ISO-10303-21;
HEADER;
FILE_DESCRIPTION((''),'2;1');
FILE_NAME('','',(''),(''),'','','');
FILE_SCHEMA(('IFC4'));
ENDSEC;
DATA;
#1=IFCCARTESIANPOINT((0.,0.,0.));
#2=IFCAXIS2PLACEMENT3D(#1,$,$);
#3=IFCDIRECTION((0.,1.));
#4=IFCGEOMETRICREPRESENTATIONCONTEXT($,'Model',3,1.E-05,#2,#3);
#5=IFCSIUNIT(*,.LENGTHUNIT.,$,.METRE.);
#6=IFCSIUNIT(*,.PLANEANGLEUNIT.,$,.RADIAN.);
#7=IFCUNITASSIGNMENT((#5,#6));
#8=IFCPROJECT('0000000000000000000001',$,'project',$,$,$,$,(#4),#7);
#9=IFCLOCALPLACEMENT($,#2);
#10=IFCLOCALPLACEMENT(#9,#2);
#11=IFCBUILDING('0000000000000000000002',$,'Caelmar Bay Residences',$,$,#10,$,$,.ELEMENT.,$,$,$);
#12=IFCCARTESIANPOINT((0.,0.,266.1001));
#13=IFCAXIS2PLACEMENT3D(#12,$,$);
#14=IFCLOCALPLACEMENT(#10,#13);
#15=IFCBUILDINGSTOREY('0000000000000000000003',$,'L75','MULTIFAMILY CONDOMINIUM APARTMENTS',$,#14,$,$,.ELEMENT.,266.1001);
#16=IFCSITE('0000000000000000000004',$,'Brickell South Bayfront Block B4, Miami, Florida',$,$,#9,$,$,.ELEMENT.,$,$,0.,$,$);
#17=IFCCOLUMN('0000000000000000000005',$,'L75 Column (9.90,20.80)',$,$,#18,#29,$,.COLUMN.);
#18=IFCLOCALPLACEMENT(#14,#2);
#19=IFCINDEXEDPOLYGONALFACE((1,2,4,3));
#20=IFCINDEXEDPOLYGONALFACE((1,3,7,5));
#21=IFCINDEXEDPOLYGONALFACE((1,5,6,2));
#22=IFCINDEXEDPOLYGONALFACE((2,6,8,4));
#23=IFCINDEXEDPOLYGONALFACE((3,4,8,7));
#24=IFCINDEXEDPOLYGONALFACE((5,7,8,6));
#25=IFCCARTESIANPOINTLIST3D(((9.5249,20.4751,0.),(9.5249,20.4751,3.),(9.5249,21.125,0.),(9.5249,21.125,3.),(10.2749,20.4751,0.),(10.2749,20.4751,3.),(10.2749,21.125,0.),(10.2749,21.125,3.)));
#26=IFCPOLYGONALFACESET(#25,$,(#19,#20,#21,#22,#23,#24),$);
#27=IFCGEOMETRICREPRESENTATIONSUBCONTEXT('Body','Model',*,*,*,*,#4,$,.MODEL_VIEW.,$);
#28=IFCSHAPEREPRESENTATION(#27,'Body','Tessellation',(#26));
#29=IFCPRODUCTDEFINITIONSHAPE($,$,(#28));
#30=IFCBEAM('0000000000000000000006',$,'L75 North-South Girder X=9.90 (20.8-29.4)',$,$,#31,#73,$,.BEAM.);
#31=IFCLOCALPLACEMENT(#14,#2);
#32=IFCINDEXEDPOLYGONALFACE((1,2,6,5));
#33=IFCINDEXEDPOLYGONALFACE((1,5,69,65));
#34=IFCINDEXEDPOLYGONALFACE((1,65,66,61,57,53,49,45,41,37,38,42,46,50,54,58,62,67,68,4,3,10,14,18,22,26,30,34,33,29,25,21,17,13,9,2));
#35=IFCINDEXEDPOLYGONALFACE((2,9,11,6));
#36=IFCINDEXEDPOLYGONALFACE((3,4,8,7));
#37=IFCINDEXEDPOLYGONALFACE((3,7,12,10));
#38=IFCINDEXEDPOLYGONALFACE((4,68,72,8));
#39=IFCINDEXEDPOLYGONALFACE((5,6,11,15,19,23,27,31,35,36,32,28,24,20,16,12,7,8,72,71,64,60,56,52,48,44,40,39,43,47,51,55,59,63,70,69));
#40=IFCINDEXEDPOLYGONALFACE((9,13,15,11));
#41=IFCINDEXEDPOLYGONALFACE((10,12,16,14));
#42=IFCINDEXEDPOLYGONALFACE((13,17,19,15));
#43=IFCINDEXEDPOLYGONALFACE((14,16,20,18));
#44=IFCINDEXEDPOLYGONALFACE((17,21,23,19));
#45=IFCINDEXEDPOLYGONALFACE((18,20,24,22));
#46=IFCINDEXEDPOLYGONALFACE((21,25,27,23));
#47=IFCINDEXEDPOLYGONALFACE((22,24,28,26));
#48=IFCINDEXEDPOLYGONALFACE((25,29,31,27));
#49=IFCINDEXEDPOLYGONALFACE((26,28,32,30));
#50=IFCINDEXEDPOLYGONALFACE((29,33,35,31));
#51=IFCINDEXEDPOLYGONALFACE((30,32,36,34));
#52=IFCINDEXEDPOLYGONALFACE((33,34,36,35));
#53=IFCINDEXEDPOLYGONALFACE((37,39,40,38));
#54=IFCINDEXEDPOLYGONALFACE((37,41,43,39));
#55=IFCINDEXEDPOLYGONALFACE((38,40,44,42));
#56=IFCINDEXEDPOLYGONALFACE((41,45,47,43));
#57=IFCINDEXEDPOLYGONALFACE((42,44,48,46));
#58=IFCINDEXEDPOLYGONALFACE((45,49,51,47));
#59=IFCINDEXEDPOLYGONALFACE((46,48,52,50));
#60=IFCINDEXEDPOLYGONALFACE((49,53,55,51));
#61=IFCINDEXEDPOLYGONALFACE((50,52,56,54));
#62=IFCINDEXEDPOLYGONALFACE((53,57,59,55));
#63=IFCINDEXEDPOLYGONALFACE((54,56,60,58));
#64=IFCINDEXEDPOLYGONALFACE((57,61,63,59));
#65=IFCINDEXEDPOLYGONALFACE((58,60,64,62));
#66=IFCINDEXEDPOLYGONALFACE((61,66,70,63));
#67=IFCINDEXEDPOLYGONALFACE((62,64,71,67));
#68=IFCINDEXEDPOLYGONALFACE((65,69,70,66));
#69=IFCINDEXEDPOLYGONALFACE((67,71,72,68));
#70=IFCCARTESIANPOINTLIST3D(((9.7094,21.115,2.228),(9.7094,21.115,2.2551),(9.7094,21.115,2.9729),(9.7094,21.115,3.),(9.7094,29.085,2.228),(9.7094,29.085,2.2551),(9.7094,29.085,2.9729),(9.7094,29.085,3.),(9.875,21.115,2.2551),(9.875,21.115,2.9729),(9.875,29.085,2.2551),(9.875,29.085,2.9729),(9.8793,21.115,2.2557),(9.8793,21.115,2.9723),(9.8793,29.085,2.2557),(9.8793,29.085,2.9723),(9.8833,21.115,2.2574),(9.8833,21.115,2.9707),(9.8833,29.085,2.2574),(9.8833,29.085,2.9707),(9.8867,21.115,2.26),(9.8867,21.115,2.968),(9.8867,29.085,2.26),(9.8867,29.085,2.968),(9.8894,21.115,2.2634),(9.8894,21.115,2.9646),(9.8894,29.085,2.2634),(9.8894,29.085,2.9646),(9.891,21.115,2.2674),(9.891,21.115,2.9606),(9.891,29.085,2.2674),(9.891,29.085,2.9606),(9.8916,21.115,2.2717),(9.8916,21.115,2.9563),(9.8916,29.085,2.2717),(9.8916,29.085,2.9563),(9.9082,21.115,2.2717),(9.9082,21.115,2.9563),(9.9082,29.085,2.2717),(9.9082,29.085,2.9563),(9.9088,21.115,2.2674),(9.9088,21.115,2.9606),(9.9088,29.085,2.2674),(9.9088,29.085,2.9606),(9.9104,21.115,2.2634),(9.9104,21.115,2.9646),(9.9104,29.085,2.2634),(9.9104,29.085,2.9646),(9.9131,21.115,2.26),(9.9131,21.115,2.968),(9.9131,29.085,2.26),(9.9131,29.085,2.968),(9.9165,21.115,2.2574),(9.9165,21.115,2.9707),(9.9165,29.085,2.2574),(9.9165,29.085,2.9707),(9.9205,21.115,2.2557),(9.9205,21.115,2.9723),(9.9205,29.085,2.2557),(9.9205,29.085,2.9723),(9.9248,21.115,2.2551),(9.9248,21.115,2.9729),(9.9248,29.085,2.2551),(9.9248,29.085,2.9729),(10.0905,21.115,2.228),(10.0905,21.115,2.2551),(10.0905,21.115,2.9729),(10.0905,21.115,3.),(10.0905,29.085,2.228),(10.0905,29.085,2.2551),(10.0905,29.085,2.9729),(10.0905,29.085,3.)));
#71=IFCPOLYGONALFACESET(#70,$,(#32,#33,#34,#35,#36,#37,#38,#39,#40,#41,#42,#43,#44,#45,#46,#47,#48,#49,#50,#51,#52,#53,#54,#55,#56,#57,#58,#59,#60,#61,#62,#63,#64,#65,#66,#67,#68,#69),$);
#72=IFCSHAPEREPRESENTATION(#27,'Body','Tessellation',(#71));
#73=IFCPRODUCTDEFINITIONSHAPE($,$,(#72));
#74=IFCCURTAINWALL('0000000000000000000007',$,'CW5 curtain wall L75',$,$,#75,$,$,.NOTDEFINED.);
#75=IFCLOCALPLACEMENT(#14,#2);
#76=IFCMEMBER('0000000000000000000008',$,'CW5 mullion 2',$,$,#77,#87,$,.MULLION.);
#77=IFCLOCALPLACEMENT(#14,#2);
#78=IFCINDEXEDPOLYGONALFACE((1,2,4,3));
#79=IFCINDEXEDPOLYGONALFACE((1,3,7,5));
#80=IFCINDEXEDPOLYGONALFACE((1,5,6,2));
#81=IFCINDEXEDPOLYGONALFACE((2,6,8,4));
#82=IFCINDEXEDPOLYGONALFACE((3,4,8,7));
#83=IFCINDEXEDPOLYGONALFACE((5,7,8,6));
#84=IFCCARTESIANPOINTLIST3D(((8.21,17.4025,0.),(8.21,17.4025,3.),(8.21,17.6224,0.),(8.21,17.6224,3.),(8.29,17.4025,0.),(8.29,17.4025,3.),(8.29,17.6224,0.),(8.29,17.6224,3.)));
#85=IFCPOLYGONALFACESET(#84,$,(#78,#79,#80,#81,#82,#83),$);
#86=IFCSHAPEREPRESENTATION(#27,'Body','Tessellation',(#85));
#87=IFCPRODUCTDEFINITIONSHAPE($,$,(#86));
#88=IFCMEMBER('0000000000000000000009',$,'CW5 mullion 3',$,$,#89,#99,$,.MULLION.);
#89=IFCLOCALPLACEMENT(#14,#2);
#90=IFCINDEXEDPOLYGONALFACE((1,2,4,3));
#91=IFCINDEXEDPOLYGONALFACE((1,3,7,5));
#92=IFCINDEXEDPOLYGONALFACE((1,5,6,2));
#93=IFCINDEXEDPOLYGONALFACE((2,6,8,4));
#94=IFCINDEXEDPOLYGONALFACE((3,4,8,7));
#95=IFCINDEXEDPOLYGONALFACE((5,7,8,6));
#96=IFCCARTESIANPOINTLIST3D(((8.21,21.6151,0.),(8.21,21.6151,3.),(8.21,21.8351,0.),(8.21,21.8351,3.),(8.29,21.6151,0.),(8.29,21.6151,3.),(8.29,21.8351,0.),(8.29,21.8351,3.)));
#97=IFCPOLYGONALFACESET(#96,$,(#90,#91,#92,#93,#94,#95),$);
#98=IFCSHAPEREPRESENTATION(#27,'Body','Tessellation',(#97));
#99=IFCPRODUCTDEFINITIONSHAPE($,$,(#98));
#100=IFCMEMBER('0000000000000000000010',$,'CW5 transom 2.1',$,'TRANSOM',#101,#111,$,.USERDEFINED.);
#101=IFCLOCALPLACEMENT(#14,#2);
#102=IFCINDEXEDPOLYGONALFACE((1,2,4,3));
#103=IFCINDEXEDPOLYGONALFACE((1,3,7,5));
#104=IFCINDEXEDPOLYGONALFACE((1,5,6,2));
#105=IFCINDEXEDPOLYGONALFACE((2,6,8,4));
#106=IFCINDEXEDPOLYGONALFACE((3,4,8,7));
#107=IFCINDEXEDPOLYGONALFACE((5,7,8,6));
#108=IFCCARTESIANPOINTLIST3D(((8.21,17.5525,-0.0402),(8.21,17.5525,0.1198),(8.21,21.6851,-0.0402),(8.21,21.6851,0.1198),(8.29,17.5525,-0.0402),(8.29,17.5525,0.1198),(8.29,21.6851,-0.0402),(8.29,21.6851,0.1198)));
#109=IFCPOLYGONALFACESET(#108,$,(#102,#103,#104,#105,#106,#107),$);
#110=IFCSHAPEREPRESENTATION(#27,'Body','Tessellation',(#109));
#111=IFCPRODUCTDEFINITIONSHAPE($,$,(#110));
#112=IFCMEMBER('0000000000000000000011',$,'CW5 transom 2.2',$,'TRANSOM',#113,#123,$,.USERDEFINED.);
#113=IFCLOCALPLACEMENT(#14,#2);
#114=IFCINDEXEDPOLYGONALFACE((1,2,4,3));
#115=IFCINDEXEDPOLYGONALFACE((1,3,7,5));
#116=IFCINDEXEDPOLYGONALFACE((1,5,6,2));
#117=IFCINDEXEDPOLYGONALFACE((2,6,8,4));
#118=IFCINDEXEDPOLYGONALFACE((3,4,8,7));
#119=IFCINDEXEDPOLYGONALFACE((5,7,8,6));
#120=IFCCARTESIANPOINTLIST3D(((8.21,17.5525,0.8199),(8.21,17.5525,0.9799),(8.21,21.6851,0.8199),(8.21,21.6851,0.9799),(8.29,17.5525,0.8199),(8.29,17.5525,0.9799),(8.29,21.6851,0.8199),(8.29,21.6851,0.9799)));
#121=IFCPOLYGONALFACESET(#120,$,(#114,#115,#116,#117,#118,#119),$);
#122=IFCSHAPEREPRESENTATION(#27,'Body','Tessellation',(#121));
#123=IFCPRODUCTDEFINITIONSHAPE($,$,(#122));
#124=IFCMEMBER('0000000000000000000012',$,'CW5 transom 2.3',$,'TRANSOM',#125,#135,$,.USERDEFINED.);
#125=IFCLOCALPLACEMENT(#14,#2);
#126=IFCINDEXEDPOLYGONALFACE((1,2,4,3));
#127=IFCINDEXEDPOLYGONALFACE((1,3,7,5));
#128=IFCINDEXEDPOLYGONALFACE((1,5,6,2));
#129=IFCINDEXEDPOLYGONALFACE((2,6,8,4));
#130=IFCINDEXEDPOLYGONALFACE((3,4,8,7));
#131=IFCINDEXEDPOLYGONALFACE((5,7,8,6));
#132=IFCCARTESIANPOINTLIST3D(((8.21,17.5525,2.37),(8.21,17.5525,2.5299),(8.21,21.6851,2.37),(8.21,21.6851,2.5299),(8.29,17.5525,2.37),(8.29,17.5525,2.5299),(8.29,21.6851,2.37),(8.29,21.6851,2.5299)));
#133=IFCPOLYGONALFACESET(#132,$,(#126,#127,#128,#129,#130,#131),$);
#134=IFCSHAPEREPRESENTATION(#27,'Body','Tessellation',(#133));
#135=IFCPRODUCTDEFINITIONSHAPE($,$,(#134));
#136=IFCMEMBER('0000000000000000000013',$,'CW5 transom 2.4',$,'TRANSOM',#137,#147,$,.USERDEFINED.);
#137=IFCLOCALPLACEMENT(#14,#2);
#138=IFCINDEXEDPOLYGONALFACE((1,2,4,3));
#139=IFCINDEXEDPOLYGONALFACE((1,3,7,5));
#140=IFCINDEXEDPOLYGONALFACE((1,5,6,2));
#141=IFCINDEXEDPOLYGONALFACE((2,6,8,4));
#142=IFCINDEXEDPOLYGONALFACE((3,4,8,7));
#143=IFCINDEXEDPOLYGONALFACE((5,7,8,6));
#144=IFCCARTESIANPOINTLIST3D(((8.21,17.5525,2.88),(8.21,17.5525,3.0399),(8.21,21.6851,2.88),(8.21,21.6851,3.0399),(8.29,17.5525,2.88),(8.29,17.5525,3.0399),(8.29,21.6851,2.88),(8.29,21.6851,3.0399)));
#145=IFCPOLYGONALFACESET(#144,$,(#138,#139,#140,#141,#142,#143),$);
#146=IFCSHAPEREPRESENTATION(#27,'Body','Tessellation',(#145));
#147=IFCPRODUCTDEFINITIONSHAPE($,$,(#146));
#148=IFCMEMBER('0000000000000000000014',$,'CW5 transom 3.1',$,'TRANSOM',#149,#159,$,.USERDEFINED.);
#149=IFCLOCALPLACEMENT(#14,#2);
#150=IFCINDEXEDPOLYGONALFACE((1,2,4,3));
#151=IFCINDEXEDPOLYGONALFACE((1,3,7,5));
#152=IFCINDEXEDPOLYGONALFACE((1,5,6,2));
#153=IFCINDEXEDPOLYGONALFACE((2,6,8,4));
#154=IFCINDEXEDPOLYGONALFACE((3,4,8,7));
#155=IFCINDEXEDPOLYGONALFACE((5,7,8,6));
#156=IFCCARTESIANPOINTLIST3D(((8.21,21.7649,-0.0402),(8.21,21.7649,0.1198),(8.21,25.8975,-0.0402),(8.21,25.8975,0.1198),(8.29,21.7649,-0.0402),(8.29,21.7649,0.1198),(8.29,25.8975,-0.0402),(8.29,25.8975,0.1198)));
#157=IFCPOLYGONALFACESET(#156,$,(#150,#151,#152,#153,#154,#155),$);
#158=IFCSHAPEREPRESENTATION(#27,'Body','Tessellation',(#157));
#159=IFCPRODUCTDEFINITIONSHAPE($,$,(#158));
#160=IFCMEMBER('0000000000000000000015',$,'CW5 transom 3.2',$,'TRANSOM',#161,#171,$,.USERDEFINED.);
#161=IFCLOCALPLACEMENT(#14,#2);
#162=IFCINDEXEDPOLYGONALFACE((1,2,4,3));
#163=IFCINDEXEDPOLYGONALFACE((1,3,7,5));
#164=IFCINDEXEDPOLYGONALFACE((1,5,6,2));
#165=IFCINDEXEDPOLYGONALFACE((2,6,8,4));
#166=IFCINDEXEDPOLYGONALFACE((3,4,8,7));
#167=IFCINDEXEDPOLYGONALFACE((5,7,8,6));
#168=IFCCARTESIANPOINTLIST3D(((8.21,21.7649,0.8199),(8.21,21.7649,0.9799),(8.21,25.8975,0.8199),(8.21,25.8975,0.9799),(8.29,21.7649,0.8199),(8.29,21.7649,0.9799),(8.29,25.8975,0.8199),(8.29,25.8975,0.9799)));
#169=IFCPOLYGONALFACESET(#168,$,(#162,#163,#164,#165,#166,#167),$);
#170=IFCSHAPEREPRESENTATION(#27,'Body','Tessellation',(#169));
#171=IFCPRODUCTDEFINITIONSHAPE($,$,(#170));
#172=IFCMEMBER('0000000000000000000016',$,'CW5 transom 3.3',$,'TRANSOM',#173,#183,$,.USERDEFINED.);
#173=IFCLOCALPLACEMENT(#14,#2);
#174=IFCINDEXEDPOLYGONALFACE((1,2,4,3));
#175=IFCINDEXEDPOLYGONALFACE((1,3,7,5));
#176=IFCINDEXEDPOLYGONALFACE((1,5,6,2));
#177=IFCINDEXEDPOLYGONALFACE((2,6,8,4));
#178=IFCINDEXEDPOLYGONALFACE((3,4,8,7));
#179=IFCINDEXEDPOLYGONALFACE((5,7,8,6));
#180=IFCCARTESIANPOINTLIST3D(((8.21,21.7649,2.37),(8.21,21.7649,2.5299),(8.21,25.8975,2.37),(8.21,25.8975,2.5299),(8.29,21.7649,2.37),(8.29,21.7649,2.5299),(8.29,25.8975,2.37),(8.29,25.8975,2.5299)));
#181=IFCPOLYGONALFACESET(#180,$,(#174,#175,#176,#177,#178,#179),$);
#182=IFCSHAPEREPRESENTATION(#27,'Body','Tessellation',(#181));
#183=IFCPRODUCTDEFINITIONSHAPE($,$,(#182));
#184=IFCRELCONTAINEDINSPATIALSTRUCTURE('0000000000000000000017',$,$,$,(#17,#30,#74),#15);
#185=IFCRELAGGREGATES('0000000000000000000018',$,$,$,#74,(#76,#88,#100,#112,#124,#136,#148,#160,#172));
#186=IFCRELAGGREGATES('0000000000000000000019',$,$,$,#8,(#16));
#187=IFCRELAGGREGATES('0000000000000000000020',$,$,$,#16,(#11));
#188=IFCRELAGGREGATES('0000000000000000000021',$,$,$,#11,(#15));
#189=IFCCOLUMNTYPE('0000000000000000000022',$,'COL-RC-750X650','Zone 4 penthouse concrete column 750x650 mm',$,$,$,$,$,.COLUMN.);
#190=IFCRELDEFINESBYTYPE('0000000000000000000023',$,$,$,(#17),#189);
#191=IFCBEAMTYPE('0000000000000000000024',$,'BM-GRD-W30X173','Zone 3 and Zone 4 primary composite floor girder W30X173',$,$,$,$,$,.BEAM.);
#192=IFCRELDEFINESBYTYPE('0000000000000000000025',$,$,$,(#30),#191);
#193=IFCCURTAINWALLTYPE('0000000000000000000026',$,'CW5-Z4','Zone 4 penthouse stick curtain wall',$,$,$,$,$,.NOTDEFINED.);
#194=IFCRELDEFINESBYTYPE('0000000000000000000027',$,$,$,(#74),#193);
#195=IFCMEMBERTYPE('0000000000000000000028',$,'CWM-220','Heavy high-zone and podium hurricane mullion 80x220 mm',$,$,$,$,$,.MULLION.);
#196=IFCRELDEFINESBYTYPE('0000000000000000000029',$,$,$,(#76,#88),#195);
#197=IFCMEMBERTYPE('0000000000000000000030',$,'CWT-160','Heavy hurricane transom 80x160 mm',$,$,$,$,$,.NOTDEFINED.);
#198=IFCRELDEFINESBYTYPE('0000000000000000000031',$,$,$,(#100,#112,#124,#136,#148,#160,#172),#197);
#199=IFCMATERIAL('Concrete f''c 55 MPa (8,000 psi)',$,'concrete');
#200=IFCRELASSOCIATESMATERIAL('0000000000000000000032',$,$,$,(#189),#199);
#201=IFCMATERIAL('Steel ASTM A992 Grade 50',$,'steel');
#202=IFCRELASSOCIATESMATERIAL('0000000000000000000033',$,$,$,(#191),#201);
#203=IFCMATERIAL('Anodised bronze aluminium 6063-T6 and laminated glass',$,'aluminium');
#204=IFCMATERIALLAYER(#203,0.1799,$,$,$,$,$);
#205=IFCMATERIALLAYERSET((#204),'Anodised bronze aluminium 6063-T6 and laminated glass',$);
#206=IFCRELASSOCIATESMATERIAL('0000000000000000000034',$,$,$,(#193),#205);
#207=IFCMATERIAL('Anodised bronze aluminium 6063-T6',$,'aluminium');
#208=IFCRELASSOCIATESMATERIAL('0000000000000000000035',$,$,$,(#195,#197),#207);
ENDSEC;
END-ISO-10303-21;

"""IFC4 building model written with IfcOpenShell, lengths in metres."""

from ifc_helpers import new_model, si_unit, direction, frame, origin, origin_2d, place, context, subcontext, project, spatial, rectangle, i_section, extrude, material, layer, layer_set, material_profile, profile_set, type_object, element, aggregate, save


model = new_model("IFC4")

# Units and contexts
model_context = context("Model", 3, precision=1e-05, world=origin(), true_north=direction((0.0, 1.0)))
body_context = subcontext(model_context, "Body", "Model", "MODEL_VIEW")
ifc_project = project(units=[si_unit("LENGTHUNIT", "METRE"), si_unit("PLANEANGLEUNIT", "RADIAN")], contexts=[model_context])

# Site, building, storey
site_placement = place(None, origin())
site = spatial("IfcSite", under=ifc_project, at=site_placement, Name="Brickell South Bayfront Block B4, Miami, Florida", CompositionType="ELEMENT", RefElevation=0.0)
building_placement = place(site_placement, origin())
building = spatial("IfcBuilding", under=site, at=building_placement, Name="Caelmar Bay Residences", CompositionType="ELEMENT")
storey_placement = place(building_placement, frame((0.0, 0.0, 266.1001)))
storey = spatial("IfcBuildingStorey", under=building, at=storey_placement, Name="L75", Description="MULTIFAMILY CONDOMINIUM APARTMENTS", CompositionType="ELEMENT", Elevation=266.1001)

# Column
ifc_material_1 = material(Name="Concrete f'c 55 MPa (8,000 psi)", Category="concrete")
ifc_material_profile_1 = material_profile(ifc_material_1, rectangle(XDim=0.75, YDim=0.6499, at=origin_2d()), Name="RC-COL-750X650")
ifc_profile_set_1 = profile_set([ifc_material_profile_1], Name="Concrete f'c 55 MPa (8,000 psi)")
column_type = type_object("IfcColumnType", Name="COL-RC-750X650", Description="Zone 4 penthouse concrete column 750x650 mm", PredefinedType="COLUMN", material=ifc_profile_set_1)
column_placement = place(storey_placement, frame((9.8999, 20.8, 0.0), z_axis=(0.0, 0.0, 1.0), x_axis=(1.0, 0.0, 0.0)))
element("IfcColumn", 1, at=column_placement, inside=storey, type_object=column_type, Name="L75 Column (9.90,20.80)", PredefinedType="COLUMN", context=body_context, shape_type="SweptSolid", body=[
    extrude(rectangle(XDim=0.75, YDim=0.6499, at=origin_2d()), origin(), (0.0, 0.0, 1.0), 3.0),
])

# Beam
ifc_material_2 = material(Name="Steel ASTM A992 Grade 50", Category="steel")
ifc_material_profile_2 = material_profile(ifc_material_2, i_section(OverallWidth=0.3811, OverallDepth=0.772, WebThickness=0.0166, FlangeThickness=0.0271, FilletRadius=0.0166, at=origin_2d()), Name="W30X173")
ifc_profile_set_2 = profile_set([ifc_material_profile_2], Name="Steel ASTM A992 Grade 50")
beam_type = type_object("IfcBeamType", Name="BM-GRD-W30X173", Description="Zone 3 and Zone 4 primary composite floor girder W30X173", PredefinedType="BEAM", material=ifc_profile_set_2)
beam_placement = place(storey_placement, frame((9.8999, 21.115, 2.614), z_axis=(0.0, 1.0, 0.0), x_axis=(-1.0, 0.0, 0.0)))
element("IfcBeam", 2, at=beam_placement, inside=storey, type_object=beam_type, Name="L75 North-South Girder X=9.90 (20.8-29.4)", PredefinedType="BEAM", context=body_context, shape_type="SweptSolid", body=[
    extrude(i_section(OverallWidth=0.3811, OverallDepth=0.772, WebThickness=0.0166, FlangeThickness=0.0271, FilletRadius=0.0166, at=origin_2d()), origin(), (0.0, 0.0, 1.0), 7.97),
])

# Curtain wall, members
ifc_material_3 = material(Name="Anodised bronze aluminium 6063-T6 and laminated glass", Category="aluminium")
ifc_layer_1 = layer(ifc_material_3, 0.1799)
ifc_layer_set_1 = layer_set([ifc_layer_1], Name="Anodised bronze aluminium 6063-T6 and laminated glass")
curtain_wall_type = type_object("IfcCurtainWallType", Name="CW5-Z4", Description="Zone 4 penthouse stick curtain wall", PredefinedType="NOTDEFINED", material=ifc_layer_set_1)
curtain_wall_placement = place(storey_placement, origin())
curtain_wall = element("IfcCurtainWall", 3, at=curtain_wall_placement, inside=storey, type_object=curtain_wall_type, Name="CW5 curtain wall L75", PredefinedType="NOTDEFINED")
ifc_material_4 = material(Name="Anodised bronze aluminium 6063-T6", Category="aluminium")
ifc_material_profile_3 = material_profile(ifc_material_4, rectangle(XDim=0.0801, YDim=0.22, at=origin_2d()), Name="CWM-80X220")
ifc_profile_set_3 = profile_set([ifc_material_profile_3], Name="Anodised bronze aluminium 6063-T6")
member_type_1 = type_object("IfcMemberType", Name="CWM-220", Description="Heavy high-zone and podium hurricane mullion 80x220 mm", PredefinedType="MULLION", material=ifc_profile_set_3)
member_1_placement = place(storey_placement, frame((8.25, 17.5125, 0.0), z_axis=(0.0, 0.0, 1.0), x_axis=(-1.0, 0.0, 0.0)))
member_1 = element("IfcMember", 4, at=member_1_placement, type_object=member_type_1, Name="CW5 mullion 2", PredefinedType="MULLION", context=body_context, shape_type="SweptSolid", body=[
    extrude(rectangle(XDim=0.0801, YDim=0.22, at=origin_2d()), origin(), (0.0, 0.0, 1.0), 3.0),
])
member_2_placement = place(storey_placement, frame((8.25, 21.7251, 0.0), z_axis=(0.0, 0.0, 1.0), x_axis=(-1.0, 0.0, 0.0)))
member_2 = element("IfcMember", 5, at=member_2_placement, type_object=member_type_1, Name="CW5 mullion 3", PredefinedType="MULLION", context=body_context, shape_type="SweptSolid", body=[
    extrude(rectangle(XDim=0.0801, YDim=0.22, at=origin_2d()), origin(), (0.0, 0.0, 1.0), 3.0),
])
ifc_material_profile_4 = material_profile(ifc_material_4, rectangle(XDim=0.0801, YDim=0.1599, at=origin_2d()), Name="CWT-80X160")
ifc_profile_set_4 = profile_set([ifc_material_profile_4], Name="Anodised bronze aluminium 6063-T6")
member_type_2 = type_object("IfcMemberType", Name="CWT-160", Description="Heavy hurricane transom 80x160 mm", PredefinedType="NOTDEFINED", material=ifc_profile_set_4)
member_3_placement = place(storey_placement, frame((8.25, 17.5525, 0.0398), z_axis=(0.0, 1.0, 0.0), x_axis=(-1.0, 0.0, 0.0)))
member_3 = element("IfcMember", 6, at=member_3_placement, type_object=member_type_2, Name="CW5 transom 2.1", ObjectType="TRANSOM", PredefinedType="USERDEFINED", context=body_context, shape_type="SweptSolid", body=[
    extrude(rectangle(XDim=0.0801, YDim=0.1599, at=origin_2d()), origin(), (0.0, 0.0, 1.0), 4.1326),
])
member_4_placement = place(storey_placement, frame((8.25, 17.5525, 0.8999), z_axis=(0.0, 1.0, 0.0), x_axis=(-1.0, 0.0, 0.0)))
member_4 = element("IfcMember", 7, at=member_4_placement, type_object=member_type_2, Name="CW5 transom 2.2", ObjectType="TRANSOM", PredefinedType="USERDEFINED", context=body_context, shape_type="SweptSolid", body=[
    extrude(rectangle(XDim=0.0801, YDim=0.1599, at=origin_2d()), origin(), (0.0, 0.0, 1.0), 4.1326),
])
member_5_placement = place(storey_placement, frame((8.25, 17.5525, 2.45), z_axis=(0.0, 1.0, 0.0), x_axis=(-1.0, 0.0, 0.0)))
member_5 = element("IfcMember", 8, at=member_5_placement, type_object=member_type_2, Name="CW5 transom 2.3", ObjectType="TRANSOM", PredefinedType="USERDEFINED", context=body_context, shape_type="SweptSolid", body=[
    extrude(rectangle(XDim=0.0801, YDim=0.1599, at=origin_2d()), origin(), (0.0, 0.0, 1.0), 4.1326),
])
member_6_placement = place(storey_placement, frame((8.25, 17.5525, 2.96), z_axis=(0.0, 1.0, 0.0), x_axis=(-1.0, 0.0, 0.0)))
member_6 = element("IfcMember", 9, at=member_6_placement, type_object=member_type_2, Name="CW5 transom 2.4", ObjectType="TRANSOM", PredefinedType="USERDEFINED", context=body_context, shape_type="SweptSolid", body=[
    extrude(rectangle(XDim=0.0801, YDim=0.1599, at=origin_2d()), origin(), (0.0, 0.0, 1.0), 4.1326),
])
member_7_placement = place(storey_placement, frame((8.25, 21.7649, 0.0398), z_axis=(0.0, 1.0, 0.0), x_axis=(-1.0, 0.0, 0.0)))
member_7 = element("IfcMember", 10, at=member_7_placement, type_object=member_type_2, Name="CW5 transom 3.1", ObjectType="TRANSOM", PredefinedType="USERDEFINED", context=body_context, shape_type="SweptSolid", body=[
    extrude(rectangle(XDim=0.0801, YDim=0.1599, at=origin_2d()), origin(), (0.0, 0.0, 1.0), 4.1326),
])
member_8_placement = place(storey_placement, frame((8.25, 21.7649, 0.8999), z_axis=(0.0, 1.0, 0.0), x_axis=(-1.0, 0.0, 0.0)))
member_8 = element("IfcMember", 11, at=member_8_placement, type_object=member_type_2, Name="CW5 transom 3.2", ObjectType="TRANSOM", PredefinedType="USERDEFINED", context=body_context, shape_type="SweptSolid", body=[
    extrude(rectangle(XDim=0.0801, YDim=0.1599, at=origin_2d()), origin(), (0.0, 0.0, 1.0), 4.1326),
])
member_9_placement = place(storey_placement, frame((8.25, 21.7649, 2.45), z_axis=(0.0, 1.0, 0.0), x_axis=(-1.0, 0.0, 0.0)))
member_9 = element("IfcMember", 12, at=member_9_placement, type_object=member_type_2, Name="CW5 transom 3.3", ObjectType="TRANSOM", PredefinedType="USERDEFINED", context=body_context, shape_type="SweptSolid", body=[
    extrude(rectangle(XDim=0.0801, YDim=0.1599, at=origin_2d()), origin(), (0.0, 0.0, 1.0), 4.1326),
])
aggregate(curtain_wall, [member_1, member_2, member_3, member_4, member_5, member_6, member_7, member_8, member_9])

save(model, "model.ifc")
